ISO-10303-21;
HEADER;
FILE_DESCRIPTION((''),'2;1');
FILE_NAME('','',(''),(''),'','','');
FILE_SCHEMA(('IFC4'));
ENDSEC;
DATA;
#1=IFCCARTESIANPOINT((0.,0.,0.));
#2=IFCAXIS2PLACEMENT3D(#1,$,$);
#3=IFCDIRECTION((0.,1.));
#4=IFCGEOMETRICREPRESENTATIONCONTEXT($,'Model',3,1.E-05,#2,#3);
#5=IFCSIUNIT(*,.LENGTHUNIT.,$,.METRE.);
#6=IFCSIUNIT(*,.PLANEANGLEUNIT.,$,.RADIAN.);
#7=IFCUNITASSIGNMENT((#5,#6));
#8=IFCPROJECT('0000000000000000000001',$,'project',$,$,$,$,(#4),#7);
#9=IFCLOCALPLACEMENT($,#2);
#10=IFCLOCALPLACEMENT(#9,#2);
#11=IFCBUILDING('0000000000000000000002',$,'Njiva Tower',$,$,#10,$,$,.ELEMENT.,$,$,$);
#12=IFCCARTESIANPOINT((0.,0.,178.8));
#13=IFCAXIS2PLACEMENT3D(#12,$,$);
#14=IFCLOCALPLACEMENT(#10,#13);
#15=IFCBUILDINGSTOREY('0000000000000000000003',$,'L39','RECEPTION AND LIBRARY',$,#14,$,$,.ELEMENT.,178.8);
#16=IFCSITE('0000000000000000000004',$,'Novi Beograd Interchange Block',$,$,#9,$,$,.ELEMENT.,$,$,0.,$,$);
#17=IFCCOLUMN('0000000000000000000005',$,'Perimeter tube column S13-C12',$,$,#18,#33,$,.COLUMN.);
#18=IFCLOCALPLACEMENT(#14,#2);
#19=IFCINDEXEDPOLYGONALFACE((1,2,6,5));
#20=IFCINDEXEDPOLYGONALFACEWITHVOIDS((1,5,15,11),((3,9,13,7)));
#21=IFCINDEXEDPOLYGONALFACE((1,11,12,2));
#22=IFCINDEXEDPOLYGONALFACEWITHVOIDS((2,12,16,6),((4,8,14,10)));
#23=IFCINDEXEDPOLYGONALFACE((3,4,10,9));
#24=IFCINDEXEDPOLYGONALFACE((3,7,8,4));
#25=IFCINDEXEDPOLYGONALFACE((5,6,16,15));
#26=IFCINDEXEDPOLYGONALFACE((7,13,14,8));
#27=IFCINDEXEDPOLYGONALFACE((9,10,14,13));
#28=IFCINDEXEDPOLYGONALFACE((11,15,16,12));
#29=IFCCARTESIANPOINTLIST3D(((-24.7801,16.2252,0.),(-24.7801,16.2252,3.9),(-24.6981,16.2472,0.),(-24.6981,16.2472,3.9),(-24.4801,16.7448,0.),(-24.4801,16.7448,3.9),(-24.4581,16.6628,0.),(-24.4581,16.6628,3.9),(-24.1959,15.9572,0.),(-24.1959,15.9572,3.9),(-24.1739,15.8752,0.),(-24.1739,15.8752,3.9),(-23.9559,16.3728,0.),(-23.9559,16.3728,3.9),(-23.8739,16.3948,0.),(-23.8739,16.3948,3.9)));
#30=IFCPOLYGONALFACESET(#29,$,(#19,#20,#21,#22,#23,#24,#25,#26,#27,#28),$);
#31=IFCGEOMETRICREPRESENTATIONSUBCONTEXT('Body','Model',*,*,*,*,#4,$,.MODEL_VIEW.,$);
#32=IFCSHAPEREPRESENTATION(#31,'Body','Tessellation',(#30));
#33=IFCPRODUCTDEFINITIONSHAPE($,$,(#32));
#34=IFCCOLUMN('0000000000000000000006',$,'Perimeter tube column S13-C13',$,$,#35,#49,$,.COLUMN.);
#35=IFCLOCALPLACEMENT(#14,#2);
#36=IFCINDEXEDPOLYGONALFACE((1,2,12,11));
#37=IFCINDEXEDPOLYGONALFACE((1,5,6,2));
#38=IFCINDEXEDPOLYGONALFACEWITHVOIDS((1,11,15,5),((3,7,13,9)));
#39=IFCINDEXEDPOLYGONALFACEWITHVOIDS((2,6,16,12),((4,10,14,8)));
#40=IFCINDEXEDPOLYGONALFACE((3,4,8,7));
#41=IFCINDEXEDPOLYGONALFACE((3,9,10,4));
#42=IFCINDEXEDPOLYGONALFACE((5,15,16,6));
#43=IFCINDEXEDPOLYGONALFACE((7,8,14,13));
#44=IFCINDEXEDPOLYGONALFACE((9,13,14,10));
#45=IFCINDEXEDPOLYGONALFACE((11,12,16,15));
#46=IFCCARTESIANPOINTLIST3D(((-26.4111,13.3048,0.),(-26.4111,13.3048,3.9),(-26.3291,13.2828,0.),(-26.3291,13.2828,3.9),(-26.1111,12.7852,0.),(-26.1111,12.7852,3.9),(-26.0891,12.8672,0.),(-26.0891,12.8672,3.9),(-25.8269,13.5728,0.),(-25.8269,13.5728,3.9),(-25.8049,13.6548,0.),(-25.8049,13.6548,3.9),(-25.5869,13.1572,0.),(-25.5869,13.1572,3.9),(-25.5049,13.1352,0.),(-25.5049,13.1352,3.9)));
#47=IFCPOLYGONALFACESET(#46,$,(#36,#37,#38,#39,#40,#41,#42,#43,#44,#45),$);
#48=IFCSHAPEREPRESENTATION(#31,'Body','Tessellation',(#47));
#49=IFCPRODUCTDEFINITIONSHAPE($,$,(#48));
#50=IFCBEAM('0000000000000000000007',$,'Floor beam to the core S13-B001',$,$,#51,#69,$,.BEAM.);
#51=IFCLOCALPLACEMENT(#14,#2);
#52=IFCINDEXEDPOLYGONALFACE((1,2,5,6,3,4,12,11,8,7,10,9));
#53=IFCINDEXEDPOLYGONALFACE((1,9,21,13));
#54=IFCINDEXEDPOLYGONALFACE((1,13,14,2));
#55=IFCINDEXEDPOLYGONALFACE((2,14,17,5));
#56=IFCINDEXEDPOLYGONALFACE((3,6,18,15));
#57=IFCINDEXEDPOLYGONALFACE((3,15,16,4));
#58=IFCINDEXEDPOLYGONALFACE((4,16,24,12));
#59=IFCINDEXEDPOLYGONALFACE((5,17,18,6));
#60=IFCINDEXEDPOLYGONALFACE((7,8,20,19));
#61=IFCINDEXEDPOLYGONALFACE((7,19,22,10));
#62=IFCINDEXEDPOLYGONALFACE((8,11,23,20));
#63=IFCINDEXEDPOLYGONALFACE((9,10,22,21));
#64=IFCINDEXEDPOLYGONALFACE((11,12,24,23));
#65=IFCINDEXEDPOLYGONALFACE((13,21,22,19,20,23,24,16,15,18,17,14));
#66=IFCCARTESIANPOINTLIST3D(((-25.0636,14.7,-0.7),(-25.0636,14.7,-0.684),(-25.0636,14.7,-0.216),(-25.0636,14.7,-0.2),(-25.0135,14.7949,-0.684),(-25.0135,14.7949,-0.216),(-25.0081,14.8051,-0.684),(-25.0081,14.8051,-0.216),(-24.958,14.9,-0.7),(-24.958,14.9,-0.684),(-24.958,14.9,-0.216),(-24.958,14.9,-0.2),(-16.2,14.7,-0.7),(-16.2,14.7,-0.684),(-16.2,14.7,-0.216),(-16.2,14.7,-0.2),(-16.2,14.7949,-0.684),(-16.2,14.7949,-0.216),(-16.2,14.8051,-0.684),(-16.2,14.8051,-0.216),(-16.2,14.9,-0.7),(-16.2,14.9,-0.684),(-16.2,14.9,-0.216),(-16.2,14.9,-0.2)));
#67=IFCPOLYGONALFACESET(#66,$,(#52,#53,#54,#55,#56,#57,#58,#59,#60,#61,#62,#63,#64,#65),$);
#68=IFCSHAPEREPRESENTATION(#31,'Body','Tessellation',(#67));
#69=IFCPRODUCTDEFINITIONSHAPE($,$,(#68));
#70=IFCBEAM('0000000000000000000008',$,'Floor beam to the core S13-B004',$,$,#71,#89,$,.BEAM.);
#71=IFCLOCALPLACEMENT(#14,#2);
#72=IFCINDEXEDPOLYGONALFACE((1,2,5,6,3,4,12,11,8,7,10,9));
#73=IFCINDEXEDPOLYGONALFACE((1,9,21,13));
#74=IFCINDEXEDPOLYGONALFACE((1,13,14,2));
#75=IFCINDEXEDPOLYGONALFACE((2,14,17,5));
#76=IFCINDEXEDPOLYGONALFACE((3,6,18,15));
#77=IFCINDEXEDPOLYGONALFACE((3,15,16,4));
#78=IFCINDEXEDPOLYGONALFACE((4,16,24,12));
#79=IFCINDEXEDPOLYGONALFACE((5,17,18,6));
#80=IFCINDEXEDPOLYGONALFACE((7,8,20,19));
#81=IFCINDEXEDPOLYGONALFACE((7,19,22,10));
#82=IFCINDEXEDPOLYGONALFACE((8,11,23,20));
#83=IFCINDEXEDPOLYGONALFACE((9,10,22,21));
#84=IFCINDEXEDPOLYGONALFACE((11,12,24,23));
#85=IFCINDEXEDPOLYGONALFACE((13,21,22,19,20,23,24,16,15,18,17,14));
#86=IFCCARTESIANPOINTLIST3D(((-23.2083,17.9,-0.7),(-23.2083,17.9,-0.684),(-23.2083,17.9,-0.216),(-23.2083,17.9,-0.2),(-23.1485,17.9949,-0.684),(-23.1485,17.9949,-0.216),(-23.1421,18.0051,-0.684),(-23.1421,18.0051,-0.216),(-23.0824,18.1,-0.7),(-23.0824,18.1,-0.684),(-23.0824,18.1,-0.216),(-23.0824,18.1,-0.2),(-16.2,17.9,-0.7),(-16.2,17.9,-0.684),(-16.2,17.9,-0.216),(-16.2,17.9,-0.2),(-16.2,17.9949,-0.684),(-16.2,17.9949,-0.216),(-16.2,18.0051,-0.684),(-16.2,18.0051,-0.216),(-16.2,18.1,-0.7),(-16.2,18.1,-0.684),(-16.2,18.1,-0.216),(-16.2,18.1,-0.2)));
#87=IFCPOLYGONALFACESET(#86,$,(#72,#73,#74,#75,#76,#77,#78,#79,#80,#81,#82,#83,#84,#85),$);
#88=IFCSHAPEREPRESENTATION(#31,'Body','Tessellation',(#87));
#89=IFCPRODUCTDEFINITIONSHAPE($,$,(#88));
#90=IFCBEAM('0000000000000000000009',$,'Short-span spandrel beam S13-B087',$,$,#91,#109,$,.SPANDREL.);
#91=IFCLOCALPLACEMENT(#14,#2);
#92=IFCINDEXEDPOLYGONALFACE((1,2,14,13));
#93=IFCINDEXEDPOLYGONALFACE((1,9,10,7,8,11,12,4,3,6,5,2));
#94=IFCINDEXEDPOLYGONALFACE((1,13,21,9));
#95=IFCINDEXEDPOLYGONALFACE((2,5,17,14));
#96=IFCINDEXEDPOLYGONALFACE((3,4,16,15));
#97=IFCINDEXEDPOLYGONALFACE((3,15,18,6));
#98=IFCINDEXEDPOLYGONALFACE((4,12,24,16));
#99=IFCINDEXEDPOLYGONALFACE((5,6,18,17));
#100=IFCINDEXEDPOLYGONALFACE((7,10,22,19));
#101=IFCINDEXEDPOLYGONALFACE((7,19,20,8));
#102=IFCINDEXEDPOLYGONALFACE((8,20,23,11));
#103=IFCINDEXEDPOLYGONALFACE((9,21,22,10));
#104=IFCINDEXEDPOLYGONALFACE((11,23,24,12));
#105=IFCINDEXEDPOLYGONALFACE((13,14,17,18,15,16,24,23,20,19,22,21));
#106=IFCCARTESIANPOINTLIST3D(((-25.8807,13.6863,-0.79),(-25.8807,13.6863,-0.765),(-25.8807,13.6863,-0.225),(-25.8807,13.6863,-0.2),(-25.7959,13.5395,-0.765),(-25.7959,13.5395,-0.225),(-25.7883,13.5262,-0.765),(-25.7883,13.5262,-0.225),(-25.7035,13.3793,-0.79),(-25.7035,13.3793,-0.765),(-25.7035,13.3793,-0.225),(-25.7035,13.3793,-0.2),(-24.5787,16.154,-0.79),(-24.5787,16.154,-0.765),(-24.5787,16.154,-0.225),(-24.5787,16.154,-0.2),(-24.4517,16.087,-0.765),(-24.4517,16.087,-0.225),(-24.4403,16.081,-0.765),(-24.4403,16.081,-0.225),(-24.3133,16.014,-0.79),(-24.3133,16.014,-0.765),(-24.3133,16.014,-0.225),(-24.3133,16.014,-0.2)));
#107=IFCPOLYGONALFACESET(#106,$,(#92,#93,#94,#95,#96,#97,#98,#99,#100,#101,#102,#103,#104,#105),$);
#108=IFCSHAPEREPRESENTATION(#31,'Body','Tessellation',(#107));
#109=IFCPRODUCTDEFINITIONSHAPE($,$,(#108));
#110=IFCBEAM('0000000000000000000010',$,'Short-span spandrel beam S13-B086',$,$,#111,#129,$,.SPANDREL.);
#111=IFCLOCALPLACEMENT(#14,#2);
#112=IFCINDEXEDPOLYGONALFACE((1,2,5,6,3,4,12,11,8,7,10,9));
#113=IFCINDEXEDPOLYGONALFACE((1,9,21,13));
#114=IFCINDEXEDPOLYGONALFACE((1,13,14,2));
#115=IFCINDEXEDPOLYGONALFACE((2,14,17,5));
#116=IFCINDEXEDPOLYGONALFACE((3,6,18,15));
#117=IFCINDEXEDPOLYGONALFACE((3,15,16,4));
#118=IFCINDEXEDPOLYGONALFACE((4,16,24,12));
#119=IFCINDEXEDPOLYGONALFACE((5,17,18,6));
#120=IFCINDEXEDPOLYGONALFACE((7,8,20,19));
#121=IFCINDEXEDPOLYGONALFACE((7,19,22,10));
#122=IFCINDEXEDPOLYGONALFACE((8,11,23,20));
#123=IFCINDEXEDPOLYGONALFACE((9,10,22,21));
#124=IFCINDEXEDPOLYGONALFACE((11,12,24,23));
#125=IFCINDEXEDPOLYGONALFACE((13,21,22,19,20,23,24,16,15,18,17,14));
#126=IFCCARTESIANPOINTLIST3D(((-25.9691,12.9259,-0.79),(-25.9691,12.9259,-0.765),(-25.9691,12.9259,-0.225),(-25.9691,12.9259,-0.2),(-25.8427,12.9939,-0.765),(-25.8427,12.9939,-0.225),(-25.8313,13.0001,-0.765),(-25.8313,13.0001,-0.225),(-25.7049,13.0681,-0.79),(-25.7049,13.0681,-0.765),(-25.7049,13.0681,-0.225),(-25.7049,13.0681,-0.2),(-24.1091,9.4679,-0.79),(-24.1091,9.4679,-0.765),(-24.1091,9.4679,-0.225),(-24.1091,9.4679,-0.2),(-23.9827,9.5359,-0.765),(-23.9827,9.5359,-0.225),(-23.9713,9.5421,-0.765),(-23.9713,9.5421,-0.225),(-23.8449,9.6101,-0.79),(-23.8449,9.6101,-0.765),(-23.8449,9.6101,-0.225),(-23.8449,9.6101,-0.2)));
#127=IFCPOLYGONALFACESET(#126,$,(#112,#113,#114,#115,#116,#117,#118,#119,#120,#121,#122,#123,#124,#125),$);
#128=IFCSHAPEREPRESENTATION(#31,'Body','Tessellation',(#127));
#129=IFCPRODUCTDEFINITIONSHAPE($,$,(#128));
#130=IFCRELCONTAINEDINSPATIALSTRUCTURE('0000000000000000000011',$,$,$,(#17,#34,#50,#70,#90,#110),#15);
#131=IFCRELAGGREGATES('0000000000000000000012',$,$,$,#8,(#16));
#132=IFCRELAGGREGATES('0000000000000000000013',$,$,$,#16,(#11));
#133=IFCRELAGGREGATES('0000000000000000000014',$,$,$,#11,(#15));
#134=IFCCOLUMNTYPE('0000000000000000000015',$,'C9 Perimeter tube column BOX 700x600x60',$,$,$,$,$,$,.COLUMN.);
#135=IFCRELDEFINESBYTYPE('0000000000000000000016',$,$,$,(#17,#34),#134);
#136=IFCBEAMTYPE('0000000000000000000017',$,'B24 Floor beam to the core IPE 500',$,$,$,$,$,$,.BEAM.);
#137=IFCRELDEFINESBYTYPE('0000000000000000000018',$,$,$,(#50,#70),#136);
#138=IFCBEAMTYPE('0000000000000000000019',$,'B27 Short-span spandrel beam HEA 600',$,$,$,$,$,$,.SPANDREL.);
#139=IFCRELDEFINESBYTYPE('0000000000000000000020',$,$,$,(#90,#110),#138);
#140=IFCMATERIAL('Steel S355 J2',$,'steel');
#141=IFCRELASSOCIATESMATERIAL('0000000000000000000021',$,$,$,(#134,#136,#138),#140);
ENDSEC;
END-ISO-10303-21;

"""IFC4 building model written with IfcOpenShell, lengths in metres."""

from ifc_helpers import new_model, si_unit, direction, frame, origin, origin_2d, place, context, subcontext, project, spatial, hollow_rectangle, i_section, extrude, clip, halfspace, material, material_profile, profile_set, type_object, element, save


model = new_model("IFC4")

# Units and contexts
model_context = context("Model", 3, precision=1e-05, world=origin(), true_north=direction((0.0, 1.0)))
body_context = subcontext(model_context, "Body", "Model", "MODEL_VIEW")
ifc_project = project(units=[si_unit("LENGTHUNIT", "METRE"), si_unit("PLANEANGLEUNIT", "RADIAN")], contexts=[model_context])

# Site, building, storey
site_placement = place(None, origin())
site = spatial("IfcSite", under=ifc_project, at=site_placement, Name="Novi Beograd Interchange Block", CompositionType="ELEMENT", RefElevation=0.0)
building_placement = place(site_placement, origin())
building = spatial("IfcBuilding", under=site, at=building_placement, Name="Njiva Tower", CompositionType="ELEMENT")
storey_placement = place(building_placement, frame((0.0, 0.0, 178.8)))
storey = spatial("IfcBuildingStorey", under=building, at=storey_placement, Name="L39", Description="RECEPTION AND LIBRARY", CompositionType="ELEMENT", Elevation=178.8)

# Columns
ifc_material_1 = material(Name="Steel S355 J2", Category="steel")
ifc_material_profile_1 = material_profile(ifc_material_1, hollow_rectangle(XDim=0.6, YDim=0.7, WallThickness=0.06, at=origin_2d()), Name="BOX 700x600x60")
ifc_profile_set_1 = profile_set([ifc_material_profile_1], Name="Steel S355 J2")
column_type = type_object("IfcColumnType", Name="C9 Perimeter tube column BOX 700x600x60", PredefinedType="COLUMN", material=ifc_profile_set_1)
for number, where, z_axis, x_axis, name in (
    (1, (-24.327, 16.31, 0.0), (0.0, 0.0, 1.0), (-0.5, -0.866025, 0.0), "Perimeter tube column S13-C12"),
    (2, (-25.958, 13.22, 0.0), (0.0, 0.0, 1.0), (0.5, -0.866025, 0.0), "Perimeter tube column S13-C13"),
):
    element("IfcColumn", number, at=place(storey_placement, frame(where, z_axis=z_axis, x_axis=x_axis)), inside=storey, type_object=column_type, Name=name, PredefinedType="COLUMN", context=body_context, shape_type="SweptSolid", body=[
        extrude(hollow_rectangle(XDim=0.6, YDim=0.7, WallThickness=0.06, at=origin_2d()), origin(), (0.0, 0.0, 1.0), 3.9),
    ])

# Beams
ifc_material_profile_2 = material_profile(ifc_material_1, i_section(OverallWidth=0.2, OverallDepth=0.5, WebThickness=0.0102, FlangeThickness=0.016, at=origin_2d()), Name="IPE 500")
ifc_profile_set_2 = profile_set([ifc_material_profile_2], Name="Steel S355 J2")
beam_type_1 = type_object("IfcBeamType", Name="B24 Floor beam to the core IPE 500", PredefinedType="BEAM", material=ifc_profile_set_2)
beam_1_placement = place(storey_placement, frame((-25.084, 14.8, -0.45), z_axis=(1.0, 0.0, 0.0), x_axis=(0.0, 1.0, 0.0)))
element("IfcBeam", 3, at=beam_1_placement, inside=storey, type_object=beam_type_1, Name="Floor beam to the core S13-B001", PredefinedType="BEAM", context=body_context, shape_type="Clipping", body=[
    clip(extrude(i_section(OverallWidth=0.2, OverallDepth=0.5, WebThickness=0.0102, FlangeThickness=0.016, at=origin_2d()), origin(), (0.0, 0.0, 1.0), 8.884), halfspace(frame((0.0233, 0.0, 0.0855), z_axis=(0.466639, 0.0, -0.884448), x_axis=(0.0, -1.0, 0.0)), False)),
])
beam_2_placement = place(storey_placement, frame((-23.228, 18.0, -0.45), z_axis=(1.0, 0.0, 0.0), x_axis=(0.0, 1.0, 0.0)))
element("IfcBeam", 4, at=beam_2_placement, inside=storey, type_object=beam_type_1, Name="Floor beam to the core S13-B004", PredefinedType="BEAM", context=body_context, shape_type="Clipping", body=[
    clip(extrude(i_section(OverallWidth=0.2, OverallDepth=0.5, WebThickness=0.0102, FlangeThickness=0.016, at=origin_2d()), origin(), (0.0, 0.0, 1.0), 7.028), halfspace(frame((0.0266, 0.0, 0.0994), z_axis=(0.532629, 0.0, -0.846349), x_axis=(0.0, -1.0, 0.0)), False)),
])
ifc_material_profile_3 = material_profile(ifc_material_1, i_section(OverallWidth=0.3, OverallDepth=0.59, WebThickness=0.013, FlangeThickness=0.025, at=origin_2d()), Name="HEA 600")
ifc_profile_set_3 = profile_set([ifc_material_profile_3], Name="Steel S355 J2")
beam_type_2 = type_object("IfcBeamType", Name="B27 Short-span spandrel beam HEA 600", PredefinedType="SPANDREL", material=ifc_profile_set_3)
beam_3_placement = place(storey_placement, frame((-24.446, 16.084, -0.495), z_axis=(-0.466661, -0.884436, 0.0), x_axis=(0.884436, -0.466661, 0.0)))
element("IfcBeam", 5, at=beam_3_placement, inside=storey, type_object=beam_type_2, Name="Short-span spandrel beam S13-B087", PredefinedType="SPANDREL", context=body_context, shape_type="Clipping", body=[
    clip(extrude(i_section(OverallWidth=0.3, OverallDepth=0.59, WebThickness=0.013, FlangeThickness=0.025, at=origin_2d()), origin(), (0.0, 0.0, 1.0), 2.9983), halfspace(frame((-0.0269, 0.0, 2.8676), z_axis=(-0.532616, 0.0, 0.846357), x_axis=(0.0, 1.0, 0.0)), False)),
])
beam_4_placement = place(storey_placement, frame((-25.837, 12.997, -0.495), z_axis=(0.473705, -0.880684, 0.0), x_axis=(0.880684, 0.473705, 0.0)))
element("IfcBeam", 6, at=beam_4_placement, inside=storey, type_object=beam_type_2, Name="Short-span spandrel beam S13-B086", PredefinedType="SPANDREL", context=body_context, shape_type="SweptSolid", body=[
    extrude(i_section(OverallWidth=0.3, OverallDepth=0.59, WebThickness=0.013, FlangeThickness=0.025, at=origin_2d()), origin(), (0.0, 0.0, 1.0), 3.9265),
])

save(model, "model.ifc")
